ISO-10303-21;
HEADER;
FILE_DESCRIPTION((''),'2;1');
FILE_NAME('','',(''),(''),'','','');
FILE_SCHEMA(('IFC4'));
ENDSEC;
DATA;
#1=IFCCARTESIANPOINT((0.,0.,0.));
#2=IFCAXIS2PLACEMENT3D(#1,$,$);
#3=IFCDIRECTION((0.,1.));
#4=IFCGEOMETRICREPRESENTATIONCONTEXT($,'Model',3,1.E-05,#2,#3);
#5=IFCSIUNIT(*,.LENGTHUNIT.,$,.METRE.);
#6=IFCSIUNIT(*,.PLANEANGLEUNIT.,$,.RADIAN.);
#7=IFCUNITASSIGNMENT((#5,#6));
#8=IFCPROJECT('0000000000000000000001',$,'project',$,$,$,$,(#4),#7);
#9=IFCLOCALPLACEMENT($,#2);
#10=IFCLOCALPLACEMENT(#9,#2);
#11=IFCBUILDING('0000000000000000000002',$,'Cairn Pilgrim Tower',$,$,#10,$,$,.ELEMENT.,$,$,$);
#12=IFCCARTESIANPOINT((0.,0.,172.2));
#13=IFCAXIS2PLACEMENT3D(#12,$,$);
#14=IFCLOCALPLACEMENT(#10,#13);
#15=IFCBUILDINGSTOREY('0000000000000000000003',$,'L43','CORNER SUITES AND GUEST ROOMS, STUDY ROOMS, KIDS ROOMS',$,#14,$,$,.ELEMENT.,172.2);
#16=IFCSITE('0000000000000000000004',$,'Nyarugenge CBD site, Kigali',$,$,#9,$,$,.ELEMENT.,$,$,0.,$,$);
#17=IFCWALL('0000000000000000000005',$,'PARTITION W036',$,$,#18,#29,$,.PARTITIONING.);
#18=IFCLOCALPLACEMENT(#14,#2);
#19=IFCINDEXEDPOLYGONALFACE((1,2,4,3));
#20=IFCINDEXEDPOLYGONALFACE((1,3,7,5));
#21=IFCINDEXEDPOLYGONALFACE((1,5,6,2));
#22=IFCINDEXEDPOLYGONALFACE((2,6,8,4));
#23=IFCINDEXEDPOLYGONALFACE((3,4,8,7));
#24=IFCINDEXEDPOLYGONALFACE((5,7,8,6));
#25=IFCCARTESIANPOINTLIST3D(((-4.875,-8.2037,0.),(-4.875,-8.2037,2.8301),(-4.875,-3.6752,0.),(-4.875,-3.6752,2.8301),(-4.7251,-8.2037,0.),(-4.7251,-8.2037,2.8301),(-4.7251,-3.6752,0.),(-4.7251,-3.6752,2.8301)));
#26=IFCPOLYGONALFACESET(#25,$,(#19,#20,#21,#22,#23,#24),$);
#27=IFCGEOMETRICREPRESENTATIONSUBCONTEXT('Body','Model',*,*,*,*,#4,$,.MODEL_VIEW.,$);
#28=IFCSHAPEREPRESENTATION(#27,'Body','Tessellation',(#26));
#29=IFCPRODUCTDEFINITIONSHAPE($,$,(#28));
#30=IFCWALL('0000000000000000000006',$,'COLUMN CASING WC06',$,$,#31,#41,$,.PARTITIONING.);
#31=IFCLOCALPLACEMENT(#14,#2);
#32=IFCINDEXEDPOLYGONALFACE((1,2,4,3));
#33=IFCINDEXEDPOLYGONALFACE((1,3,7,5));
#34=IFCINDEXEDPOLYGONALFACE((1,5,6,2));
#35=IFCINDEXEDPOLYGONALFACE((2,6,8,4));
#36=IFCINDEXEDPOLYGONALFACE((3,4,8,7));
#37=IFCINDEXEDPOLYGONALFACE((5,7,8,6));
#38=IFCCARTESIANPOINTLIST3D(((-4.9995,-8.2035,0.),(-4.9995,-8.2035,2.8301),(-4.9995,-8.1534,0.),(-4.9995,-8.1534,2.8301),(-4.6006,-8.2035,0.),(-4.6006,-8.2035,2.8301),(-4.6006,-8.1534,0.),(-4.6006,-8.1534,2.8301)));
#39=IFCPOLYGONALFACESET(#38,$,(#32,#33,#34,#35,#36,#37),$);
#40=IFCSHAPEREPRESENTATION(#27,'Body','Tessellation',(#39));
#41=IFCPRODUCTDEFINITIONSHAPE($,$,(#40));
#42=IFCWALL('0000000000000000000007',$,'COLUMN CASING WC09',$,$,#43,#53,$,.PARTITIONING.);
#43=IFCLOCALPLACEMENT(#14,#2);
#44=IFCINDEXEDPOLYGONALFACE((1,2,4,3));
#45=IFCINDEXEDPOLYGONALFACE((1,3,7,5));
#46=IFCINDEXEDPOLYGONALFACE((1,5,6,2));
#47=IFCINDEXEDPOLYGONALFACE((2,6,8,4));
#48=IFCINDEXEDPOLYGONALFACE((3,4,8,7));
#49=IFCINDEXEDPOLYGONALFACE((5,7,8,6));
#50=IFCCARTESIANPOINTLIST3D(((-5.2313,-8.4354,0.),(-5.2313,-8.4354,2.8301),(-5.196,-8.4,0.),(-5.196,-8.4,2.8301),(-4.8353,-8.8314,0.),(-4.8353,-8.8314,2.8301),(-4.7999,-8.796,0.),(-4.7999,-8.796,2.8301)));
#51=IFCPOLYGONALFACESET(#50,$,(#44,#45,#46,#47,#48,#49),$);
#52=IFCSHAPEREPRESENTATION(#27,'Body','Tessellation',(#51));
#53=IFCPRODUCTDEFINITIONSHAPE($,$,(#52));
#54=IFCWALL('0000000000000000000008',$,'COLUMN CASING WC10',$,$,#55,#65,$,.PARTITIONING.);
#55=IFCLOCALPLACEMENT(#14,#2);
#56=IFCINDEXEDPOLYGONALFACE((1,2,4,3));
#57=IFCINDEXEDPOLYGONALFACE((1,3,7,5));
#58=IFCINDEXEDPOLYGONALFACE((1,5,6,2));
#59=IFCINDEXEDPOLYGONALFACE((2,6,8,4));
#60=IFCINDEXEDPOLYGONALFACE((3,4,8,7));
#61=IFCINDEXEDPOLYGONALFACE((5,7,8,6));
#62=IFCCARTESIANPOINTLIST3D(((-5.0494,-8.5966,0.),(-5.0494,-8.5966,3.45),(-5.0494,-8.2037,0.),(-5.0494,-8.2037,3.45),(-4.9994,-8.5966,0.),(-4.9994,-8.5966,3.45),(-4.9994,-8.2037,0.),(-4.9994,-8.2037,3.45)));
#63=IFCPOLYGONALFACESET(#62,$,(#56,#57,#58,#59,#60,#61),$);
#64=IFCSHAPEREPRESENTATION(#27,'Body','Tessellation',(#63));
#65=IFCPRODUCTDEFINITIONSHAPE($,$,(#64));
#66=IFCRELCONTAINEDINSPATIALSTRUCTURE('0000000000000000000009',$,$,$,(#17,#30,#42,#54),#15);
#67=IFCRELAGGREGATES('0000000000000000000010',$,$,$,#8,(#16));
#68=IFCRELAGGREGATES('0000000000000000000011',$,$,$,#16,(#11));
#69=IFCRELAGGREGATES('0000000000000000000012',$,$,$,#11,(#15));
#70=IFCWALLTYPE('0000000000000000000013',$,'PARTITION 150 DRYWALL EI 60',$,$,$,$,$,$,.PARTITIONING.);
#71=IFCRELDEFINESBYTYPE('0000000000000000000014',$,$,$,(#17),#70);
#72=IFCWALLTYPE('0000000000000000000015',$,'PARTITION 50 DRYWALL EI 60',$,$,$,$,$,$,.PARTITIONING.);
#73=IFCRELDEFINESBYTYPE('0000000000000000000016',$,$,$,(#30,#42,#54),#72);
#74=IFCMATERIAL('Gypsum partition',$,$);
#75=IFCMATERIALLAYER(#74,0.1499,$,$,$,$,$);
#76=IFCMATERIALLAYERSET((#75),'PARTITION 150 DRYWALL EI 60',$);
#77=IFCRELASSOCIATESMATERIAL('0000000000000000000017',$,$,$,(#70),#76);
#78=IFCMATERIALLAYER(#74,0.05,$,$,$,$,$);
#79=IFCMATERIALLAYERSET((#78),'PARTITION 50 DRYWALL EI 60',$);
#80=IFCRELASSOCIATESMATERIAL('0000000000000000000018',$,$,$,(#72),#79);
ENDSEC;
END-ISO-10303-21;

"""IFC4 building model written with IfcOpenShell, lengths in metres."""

from ifc_helpers import new_model, si_unit, direction, frame, frame_2d, origin, place, context, subcontext, project, spatial, rectangle, extrude, material, layer, layer_set, type_object, element, save


model = new_model("IFC4")

# Units and contexts
model_context = context("Model", 3, precision=1e-05, world=origin(), true_north=direction((0.0, 1.0)))
body_context = subcontext(model_context, "Body", "Model", "MODEL_VIEW")
ifc_project = project(units=[si_unit("LENGTHUNIT", "METRE"), si_unit("PLANEANGLEUNIT", "RADIAN")], contexts=[model_context])

# Site, building, storey
site_placement = place(None, origin())
site = spatial("IfcSite", under=ifc_project, at=site_placement, Name="Nyarugenge CBD site, Kigali", CompositionType="ELEMENT", RefElevation=0.0)
building_placement = place(site_placement, origin())
building = spatial("IfcBuilding", under=site, at=building_placement, Name="Cairn Pilgrim Tower", CompositionType="ELEMENT")
storey_placement = place(building_placement, frame((0.0, 0.0, 172.2)))
storey = spatial("IfcBuildingStorey", under=building, at=storey_placement, Name="L43", Description="CORNER SUITES AND GUEST ROOMS, STUDY ROOMS, KIDS ROOMS", CompositionType="ELEMENT", Elevation=172.2)

# Shared definitions
ifc_material_1 = material(Name="Gypsum partition")

# Shared definitions
ifc_layer_1 = layer(ifc_material_1, 0.1499)
ifc_layer_set_1 = layer_set([ifc_layer_1], Name="PARTITION 150 DRYWALL EI 60")
wall_type_1 = type_object("IfcWallType", Name="PARTITION 150 DRYWALL EI 60", PredefinedType="PARTITIONING", material=ifc_layer_set_1)

# Walls
wall_1_placement = place(storey_placement, frame((-4.8, -8.2036, 0.0), z_axis=(0.0, 0.0, 1.0), x_axis=(0.0, 1.0, 0.0)))
element("IfcWall", 1, at=wall_1_placement, inside=storey, type_object=wall_type_1, Name="PARTITION W036", PredefinedType="PARTITIONING", context=body_context, shape_type="SweptSolid", body=[
    extrude(rectangle(XDim=4.5286, YDim=0.1499, at=frame_2d((2.2642, 0.0))), origin(), (0.0, 0.0, 1.0), 2.8301),
])
ifc_layer_2 = layer(ifc_material_1, 0.05)
ifc_layer_set_2 = layer_set([ifc_layer_2], Name="PARTITION 50 DRYWALL EI 60")
wall_type_2 = type_object("IfcWallType", Name="PARTITION 50 DRYWALL EI 60", PredefinedType="PARTITIONING", material=ifc_layer_set_2)
wall_2_placement = place(storey_placement, frame((-4.9995, -8.1785, 0.0), z_axis=(0.0, 0.0, 1.0), x_axis=(1.0, 0.0, 0.0)))
element("IfcWall", 2, at=wall_2_placement, inside=storey, type_object=wall_type_2, Name="COLUMN CASING WC06", PredefinedType="PARTITIONING", context=body_context, shape_type="SweptSolid", body=[
    extrude(rectangle(XDim=0.3989, YDim=0.05, at=frame_2d((0.1995, 0.0))), origin(), (0.0, 0.0, 1.0), 2.8301),
])
wall_3_placement = place(storey_placement, frame((-4.8176, -8.8137, 0.0), z_axis=(0.0, 0.0, 1.0), x_axis=(-0.707107, 0.707107, 0.0)))
element("IfcWall", 3, at=wall_3_placement, inside=storey, type_object=wall_type_2, Name="COLUMN CASING WC09", PredefinedType="PARTITIONING", context=body_context, shape_type="SweptSolid", body=[
    extrude(rectangle(XDim=0.5601, YDim=0.05, at=frame_2d((0.28, 0.0))), origin(), (0.0, 0.0, 1.0), 2.8301),
])
wall_4_placement = place(storey_placement, frame((-5.0244, -8.5964, 0.0), z_axis=(0.0, 0.0, 1.0), x_axis=(0.0, 1.0, 0.0)))
element("IfcWall", 4, at=wall_4_placement, inside=storey, type_object=wall_type_2, Name="COLUMN CASING WC10", PredefinedType="PARTITIONING", context=body_context, shape_type="SweptSolid", body=[
    extrude(rectangle(XDim=0.3928, YDim=0.05, at=frame_2d((0.1963, 0.0))), origin(), (0.0, 0.0, 1.0), 3.45),
])

save(model, "model.ifc")
